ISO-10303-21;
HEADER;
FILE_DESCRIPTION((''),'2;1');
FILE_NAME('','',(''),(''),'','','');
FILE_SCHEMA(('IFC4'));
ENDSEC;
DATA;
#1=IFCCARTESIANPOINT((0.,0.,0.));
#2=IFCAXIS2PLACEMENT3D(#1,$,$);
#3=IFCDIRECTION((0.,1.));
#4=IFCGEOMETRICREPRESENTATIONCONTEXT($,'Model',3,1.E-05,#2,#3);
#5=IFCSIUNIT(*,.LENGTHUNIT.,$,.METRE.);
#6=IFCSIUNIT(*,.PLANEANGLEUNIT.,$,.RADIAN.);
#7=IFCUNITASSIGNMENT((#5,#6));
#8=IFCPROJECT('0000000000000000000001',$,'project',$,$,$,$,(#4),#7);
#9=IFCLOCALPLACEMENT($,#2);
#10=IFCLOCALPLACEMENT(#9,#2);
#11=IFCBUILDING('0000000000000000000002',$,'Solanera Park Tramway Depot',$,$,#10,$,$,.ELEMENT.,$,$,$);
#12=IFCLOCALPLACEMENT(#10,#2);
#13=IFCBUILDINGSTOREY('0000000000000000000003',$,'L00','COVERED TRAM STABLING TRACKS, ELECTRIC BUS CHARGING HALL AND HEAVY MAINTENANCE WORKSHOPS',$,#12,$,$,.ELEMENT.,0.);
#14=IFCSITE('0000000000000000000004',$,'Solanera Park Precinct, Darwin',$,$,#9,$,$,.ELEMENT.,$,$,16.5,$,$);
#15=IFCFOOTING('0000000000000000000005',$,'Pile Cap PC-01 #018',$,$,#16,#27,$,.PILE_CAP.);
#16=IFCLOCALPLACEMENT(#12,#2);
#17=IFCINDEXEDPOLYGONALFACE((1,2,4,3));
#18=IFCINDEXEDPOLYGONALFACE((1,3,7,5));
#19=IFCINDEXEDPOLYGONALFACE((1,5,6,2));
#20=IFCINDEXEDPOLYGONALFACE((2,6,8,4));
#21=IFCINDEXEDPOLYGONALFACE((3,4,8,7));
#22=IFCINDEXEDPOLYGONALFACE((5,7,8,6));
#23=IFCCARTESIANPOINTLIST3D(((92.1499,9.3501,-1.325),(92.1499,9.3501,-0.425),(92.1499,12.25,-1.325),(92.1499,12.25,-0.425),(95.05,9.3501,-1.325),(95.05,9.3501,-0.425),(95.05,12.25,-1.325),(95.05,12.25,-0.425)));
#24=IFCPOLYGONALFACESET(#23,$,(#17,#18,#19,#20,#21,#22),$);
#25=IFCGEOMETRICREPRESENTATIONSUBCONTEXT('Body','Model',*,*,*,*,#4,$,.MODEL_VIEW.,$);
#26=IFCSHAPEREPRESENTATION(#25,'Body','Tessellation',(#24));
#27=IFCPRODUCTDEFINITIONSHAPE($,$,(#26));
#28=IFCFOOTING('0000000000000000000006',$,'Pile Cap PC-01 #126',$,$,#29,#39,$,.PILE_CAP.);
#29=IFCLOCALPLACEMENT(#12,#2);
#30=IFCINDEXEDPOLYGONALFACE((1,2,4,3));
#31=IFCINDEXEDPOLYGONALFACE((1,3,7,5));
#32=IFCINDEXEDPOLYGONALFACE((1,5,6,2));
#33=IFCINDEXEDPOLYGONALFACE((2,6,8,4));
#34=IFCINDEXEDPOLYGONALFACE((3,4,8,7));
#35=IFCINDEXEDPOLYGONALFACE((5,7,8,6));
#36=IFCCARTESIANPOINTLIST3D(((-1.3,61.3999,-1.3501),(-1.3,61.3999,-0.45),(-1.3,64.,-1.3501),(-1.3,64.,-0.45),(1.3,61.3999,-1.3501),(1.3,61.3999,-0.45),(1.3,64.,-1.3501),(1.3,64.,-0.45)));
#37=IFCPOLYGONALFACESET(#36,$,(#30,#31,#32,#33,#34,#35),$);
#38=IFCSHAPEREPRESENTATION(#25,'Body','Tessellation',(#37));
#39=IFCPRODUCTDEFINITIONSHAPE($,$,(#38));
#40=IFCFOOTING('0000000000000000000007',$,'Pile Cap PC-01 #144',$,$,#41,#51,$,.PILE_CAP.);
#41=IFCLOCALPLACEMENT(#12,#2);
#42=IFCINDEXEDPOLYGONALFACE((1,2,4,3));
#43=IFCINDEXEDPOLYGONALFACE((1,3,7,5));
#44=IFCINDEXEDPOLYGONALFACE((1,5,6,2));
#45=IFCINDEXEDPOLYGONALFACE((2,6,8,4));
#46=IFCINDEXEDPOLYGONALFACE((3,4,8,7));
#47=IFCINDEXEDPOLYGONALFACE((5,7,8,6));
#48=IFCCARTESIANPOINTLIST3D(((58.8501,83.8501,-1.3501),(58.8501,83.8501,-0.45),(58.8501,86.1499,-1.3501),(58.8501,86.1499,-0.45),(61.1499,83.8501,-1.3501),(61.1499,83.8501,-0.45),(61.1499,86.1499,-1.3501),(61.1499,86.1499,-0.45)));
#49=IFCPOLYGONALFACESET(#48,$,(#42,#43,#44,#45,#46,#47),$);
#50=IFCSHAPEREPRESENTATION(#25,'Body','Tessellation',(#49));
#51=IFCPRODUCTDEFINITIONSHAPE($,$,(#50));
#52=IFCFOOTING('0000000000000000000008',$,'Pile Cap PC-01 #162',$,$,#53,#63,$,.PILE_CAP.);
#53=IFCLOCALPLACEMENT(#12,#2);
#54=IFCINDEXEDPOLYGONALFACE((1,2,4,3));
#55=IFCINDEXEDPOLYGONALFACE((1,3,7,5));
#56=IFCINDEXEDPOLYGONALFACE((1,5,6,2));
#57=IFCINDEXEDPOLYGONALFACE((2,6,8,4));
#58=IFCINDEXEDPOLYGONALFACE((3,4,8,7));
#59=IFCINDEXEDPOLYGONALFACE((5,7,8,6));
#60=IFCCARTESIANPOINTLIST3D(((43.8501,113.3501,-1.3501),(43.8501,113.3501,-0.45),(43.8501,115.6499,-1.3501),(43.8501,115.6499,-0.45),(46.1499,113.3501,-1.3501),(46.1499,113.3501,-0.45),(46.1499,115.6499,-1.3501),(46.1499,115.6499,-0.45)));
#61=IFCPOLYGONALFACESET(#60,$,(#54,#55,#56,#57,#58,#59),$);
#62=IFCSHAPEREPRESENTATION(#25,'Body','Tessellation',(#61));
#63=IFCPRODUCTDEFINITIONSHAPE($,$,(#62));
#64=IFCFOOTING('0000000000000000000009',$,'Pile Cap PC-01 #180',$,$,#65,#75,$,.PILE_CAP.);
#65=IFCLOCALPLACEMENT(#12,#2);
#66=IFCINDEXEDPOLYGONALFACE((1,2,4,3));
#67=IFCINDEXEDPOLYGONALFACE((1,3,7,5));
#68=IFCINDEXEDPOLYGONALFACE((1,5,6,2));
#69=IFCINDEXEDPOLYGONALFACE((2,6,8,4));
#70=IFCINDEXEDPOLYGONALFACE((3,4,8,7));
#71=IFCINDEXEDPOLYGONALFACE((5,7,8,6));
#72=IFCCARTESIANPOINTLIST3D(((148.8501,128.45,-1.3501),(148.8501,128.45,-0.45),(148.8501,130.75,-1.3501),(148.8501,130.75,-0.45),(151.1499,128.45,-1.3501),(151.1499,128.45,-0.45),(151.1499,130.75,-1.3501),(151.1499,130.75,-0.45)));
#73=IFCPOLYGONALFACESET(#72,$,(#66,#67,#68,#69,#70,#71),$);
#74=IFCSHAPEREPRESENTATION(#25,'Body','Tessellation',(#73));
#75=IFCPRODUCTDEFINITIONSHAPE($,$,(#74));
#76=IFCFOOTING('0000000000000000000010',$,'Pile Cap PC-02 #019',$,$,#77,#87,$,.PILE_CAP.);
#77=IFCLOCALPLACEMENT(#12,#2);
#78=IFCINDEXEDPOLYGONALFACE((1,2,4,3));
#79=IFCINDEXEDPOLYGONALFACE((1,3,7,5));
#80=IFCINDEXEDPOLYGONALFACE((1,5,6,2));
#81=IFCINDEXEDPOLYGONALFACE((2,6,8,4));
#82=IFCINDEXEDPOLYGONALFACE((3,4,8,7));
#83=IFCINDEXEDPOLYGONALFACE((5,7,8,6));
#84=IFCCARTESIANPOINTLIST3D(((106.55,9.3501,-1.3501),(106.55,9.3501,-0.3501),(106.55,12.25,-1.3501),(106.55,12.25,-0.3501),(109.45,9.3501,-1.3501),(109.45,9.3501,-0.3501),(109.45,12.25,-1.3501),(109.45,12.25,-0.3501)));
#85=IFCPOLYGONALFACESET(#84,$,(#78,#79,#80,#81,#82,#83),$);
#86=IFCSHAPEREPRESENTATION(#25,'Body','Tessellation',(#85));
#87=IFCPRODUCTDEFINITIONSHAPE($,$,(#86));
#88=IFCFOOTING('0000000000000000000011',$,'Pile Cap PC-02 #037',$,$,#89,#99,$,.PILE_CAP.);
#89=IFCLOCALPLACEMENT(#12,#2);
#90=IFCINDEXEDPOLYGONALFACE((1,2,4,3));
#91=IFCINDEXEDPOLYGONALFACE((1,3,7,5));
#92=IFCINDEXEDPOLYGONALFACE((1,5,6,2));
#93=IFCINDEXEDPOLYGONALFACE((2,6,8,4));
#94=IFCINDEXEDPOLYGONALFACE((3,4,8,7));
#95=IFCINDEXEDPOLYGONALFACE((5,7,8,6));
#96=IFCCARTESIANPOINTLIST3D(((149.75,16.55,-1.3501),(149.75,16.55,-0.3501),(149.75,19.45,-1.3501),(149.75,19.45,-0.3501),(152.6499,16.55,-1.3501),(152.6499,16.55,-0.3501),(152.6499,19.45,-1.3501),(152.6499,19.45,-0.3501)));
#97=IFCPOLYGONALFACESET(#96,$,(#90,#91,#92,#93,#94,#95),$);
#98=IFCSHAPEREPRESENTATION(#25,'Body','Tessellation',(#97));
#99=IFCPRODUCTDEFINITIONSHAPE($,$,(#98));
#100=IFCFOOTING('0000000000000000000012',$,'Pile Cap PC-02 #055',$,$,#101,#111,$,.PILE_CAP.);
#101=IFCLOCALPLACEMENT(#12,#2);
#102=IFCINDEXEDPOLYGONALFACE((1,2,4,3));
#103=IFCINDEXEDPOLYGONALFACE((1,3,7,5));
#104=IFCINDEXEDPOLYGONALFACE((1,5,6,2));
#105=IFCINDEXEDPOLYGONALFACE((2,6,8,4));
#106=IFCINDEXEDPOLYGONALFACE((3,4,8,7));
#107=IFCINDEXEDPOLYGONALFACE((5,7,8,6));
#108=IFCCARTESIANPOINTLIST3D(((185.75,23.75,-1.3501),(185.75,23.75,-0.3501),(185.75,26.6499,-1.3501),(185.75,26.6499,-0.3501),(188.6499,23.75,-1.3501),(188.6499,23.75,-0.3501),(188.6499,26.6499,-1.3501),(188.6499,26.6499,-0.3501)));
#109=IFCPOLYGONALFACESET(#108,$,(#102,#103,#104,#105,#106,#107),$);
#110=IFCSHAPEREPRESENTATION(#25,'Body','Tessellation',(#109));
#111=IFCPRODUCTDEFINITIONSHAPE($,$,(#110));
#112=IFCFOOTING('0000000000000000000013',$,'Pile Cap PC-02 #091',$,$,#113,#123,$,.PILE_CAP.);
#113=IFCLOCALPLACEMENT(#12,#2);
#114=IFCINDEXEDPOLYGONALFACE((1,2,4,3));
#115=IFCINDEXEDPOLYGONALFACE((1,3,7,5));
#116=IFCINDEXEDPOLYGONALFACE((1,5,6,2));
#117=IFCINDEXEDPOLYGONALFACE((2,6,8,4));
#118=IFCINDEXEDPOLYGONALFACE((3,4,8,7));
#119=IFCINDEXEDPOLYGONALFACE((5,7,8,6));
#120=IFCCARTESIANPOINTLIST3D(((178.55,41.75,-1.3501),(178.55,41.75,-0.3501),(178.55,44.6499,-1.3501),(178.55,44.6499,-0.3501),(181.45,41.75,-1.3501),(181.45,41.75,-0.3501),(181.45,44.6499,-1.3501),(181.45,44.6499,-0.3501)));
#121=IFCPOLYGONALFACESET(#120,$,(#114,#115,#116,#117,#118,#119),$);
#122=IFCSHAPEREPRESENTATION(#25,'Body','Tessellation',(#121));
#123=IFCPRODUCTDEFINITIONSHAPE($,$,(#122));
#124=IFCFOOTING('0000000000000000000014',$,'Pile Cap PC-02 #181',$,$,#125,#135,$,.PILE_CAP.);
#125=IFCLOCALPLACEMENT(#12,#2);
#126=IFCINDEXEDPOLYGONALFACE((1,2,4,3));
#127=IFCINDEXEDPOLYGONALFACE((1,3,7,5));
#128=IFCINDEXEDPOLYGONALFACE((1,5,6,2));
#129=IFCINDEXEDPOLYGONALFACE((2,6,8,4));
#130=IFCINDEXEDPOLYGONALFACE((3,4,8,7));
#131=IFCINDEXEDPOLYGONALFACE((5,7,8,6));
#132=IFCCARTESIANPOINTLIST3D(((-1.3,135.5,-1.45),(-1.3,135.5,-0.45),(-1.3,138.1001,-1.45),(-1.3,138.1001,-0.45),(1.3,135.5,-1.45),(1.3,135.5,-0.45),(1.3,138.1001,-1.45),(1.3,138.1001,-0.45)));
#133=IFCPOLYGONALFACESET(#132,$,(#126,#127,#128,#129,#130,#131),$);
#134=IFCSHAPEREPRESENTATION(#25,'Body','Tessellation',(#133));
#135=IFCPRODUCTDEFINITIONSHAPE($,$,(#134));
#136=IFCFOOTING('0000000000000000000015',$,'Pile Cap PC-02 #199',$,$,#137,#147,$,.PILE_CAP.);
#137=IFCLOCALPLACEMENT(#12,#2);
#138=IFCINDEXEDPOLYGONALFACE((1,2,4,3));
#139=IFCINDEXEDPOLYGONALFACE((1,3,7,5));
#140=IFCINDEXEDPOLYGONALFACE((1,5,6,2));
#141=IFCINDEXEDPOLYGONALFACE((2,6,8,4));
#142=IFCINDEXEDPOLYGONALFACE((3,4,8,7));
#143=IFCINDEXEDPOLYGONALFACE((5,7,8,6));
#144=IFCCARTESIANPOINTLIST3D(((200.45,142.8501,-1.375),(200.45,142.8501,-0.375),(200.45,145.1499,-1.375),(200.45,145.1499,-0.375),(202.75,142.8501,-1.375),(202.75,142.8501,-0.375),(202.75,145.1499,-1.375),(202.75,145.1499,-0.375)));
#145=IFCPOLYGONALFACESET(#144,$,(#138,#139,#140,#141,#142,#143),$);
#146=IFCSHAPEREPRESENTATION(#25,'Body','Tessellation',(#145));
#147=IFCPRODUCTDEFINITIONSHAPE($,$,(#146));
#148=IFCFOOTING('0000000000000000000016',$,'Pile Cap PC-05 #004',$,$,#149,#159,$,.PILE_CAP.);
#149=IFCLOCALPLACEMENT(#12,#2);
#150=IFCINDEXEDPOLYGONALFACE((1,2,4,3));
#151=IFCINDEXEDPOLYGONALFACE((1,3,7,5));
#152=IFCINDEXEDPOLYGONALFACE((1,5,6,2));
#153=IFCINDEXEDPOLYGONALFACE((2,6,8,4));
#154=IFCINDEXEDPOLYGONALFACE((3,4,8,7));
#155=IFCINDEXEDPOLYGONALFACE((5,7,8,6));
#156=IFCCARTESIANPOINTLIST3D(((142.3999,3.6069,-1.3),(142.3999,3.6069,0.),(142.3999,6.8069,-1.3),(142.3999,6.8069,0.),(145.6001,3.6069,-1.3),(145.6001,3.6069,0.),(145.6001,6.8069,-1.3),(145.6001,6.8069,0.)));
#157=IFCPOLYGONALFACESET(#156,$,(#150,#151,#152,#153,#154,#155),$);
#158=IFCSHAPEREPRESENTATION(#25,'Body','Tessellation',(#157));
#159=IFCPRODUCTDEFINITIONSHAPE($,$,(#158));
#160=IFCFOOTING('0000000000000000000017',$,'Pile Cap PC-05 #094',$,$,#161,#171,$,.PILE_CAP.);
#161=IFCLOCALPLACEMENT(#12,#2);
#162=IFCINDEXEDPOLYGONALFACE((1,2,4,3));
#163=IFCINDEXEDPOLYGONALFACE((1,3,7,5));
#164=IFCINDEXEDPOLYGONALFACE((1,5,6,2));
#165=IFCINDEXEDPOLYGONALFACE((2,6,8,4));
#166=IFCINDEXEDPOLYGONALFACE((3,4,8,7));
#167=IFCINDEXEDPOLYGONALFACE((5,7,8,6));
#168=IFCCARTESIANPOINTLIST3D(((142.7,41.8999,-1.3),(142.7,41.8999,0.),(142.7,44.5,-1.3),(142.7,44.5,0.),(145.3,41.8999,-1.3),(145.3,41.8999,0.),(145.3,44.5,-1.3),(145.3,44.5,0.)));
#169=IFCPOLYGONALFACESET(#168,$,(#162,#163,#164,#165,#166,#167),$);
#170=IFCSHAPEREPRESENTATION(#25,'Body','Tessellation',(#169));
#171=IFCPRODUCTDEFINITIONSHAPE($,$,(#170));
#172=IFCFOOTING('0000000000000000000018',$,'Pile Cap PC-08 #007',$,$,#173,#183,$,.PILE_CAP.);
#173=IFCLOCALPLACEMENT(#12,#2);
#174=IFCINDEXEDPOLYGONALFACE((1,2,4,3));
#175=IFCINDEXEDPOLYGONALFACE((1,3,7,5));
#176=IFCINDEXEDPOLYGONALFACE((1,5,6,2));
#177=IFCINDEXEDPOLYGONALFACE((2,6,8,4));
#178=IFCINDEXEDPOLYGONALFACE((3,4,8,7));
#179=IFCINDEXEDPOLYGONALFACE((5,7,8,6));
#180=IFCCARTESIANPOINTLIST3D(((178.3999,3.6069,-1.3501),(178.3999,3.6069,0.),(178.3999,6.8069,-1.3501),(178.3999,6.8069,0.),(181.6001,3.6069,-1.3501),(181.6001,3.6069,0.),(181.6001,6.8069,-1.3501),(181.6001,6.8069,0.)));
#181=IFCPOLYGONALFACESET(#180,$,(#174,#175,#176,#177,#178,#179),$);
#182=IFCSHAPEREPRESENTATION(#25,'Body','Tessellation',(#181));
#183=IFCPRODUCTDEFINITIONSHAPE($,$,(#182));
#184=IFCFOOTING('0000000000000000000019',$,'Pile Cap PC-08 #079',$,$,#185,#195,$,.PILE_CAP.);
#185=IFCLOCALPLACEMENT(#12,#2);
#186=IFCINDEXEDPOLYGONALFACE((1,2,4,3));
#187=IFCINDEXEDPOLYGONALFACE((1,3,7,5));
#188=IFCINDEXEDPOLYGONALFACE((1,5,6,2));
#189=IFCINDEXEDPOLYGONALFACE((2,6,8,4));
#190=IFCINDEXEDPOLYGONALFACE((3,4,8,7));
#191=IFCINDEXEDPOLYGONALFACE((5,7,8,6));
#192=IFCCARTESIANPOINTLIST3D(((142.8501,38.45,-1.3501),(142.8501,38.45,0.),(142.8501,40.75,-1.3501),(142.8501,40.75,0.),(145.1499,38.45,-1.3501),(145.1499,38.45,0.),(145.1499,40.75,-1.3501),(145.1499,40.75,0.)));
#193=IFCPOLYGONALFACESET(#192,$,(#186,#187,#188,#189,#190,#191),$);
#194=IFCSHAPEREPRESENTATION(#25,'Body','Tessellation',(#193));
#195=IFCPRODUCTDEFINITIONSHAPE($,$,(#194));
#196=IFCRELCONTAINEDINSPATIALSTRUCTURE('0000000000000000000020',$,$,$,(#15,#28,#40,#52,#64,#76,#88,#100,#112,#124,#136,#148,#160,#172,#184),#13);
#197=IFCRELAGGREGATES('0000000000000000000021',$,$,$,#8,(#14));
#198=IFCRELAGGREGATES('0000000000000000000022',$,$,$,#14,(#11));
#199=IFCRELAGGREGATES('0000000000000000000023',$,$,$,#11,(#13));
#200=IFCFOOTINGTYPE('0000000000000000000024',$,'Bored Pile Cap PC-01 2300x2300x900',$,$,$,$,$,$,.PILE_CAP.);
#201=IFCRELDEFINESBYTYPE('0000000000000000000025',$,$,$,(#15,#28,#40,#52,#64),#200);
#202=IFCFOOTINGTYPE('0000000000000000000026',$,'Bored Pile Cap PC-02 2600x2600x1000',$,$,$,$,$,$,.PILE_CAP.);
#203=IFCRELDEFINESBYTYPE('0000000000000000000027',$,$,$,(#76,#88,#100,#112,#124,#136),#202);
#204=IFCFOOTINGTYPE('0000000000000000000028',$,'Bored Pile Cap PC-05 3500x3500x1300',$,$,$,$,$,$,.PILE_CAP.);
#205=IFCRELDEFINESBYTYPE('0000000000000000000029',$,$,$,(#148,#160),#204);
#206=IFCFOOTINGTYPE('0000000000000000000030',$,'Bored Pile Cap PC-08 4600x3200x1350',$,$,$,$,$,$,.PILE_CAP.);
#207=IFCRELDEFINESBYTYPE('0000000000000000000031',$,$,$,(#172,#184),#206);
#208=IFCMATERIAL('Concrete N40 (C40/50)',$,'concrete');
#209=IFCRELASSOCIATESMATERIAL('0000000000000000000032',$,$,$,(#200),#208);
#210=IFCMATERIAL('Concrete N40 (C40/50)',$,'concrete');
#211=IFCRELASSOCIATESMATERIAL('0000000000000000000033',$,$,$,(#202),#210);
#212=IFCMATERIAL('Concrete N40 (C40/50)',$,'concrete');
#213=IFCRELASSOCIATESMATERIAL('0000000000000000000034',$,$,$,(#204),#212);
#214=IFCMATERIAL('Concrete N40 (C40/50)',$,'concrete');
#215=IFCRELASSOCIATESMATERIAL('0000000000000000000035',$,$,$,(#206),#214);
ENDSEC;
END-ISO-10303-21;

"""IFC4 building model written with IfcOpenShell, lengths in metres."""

from ifc_helpers import new_model, si_unit, direction, frame, origin, place, context, subcontext, project, spatial, polyline, outline, extrude, material, type_object, element, save


model = new_model("IFC4")

# Units and contexts
model_context = context("Model", 3, precision=1e-05, world=origin(), true_north=direction((0.0, 1.0)))
body_context = subcontext(model_context, "Body", "Model", "MODEL_VIEW")
ifc_project = project(units=[si_unit("LENGTHUNIT", "METRE"), si_unit("PLANEANGLEUNIT", "RADIAN")], contexts=[model_context])

# Site, building, storey
site_placement = place(None, origin())
site = spatial("IfcSite", under=ifc_project, at=site_placement, Name="Solanera Park Precinct, Darwin", CompositionType="ELEMENT", RefElevation=16.5)
building_placement = place(site_placement, origin())
building = spatial("IfcBuilding", under=site, at=building_placement, Name="Solanera Park Tramway Depot", CompositionType="ELEMENT")
storey_placement = place(building_placement, origin())
storey = spatial("IfcBuildingStorey", under=building, at=storey_placement, Name="L00", Description="COVERED TRAM STABLING TRACKS, ELECTRIC BUS CHARGING HALL AND HEAVY MAINTENANCE WORKSHOPS", CompositionType="ELEMENT", Elevation=0.0)

# Footings
ifc_material_1 = material(Name="Concrete N40 (C40/50)", Category="concrete")
footing_type_1 = type_object("IfcFootingType", Name="Bored Pile Cap PC-01 2300x2300x900", PredefinedType="PILE_CAP", material=ifc_material_1)
footing_1_placement = place(storey_placement, frame((0.0, 0.0, -1.325)))
element("IfcFooting", 1, at=footing_1_placement, inside=storey, type_object=footing_type_1, Name="Pile Cap PC-01 #018", PredefinedType="PILE_CAP", context=body_context, shape_type="SweptSolid", body=[
    extrude(outline(polyline([(95.05, 9.3501), (95.05, 12.25), (92.1499, 12.25), (92.1499, 9.3501), (95.05, 9.3501)])), origin(), (0.0, 0.0, 1.0), 0.8999),
])
footing_2_placement = place(storey_placement, frame((0.0, 0.0, -1.3501)))
element("IfcFooting", 2, at=footing_2_placement, inside=storey, type_object=footing_type_1, Name="Pile Cap PC-01 #126", PredefinedType="PILE_CAP", context=body_context, shape_type="SweptSolid", body=[
    extrude(outline(polyline([(1.3, 61.3999), (1.3, 64.0), (-1.3, 64.0), (-1.3, 61.3999), (1.3, 61.3999)])), origin(), (0.0, 0.0, 1.0), 0.9001),
])
footing_3_placement = place(storey_placement, frame((0.0, 0.0, -1.3501)))
element("IfcFooting", 3, at=footing_3_placement, inside=storey, type_object=footing_type_1, Name="Pile Cap PC-01 #144", PredefinedType="PILE_CAP", context=body_context, shape_type="SweptSolid", body=[
    extrude(outline(polyline([(61.1499, 83.8501), (61.1499, 86.1499), (58.8501, 86.1499), (58.8501, 83.8501), (61.1499, 83.8501)])), origin(), (0.0, 0.0, 1.0), 0.9001),
])
footing_4_placement = place(storey_placement, frame((0.0, 0.0, -1.3501)))
element("IfcFooting", 4, at=footing_4_placement, inside=storey, type_object=footing_type_1, Name="Pile Cap PC-01 #162", PredefinedType="PILE_CAP", context=body_context, shape_type="SweptSolid", body=[
    extrude(outline(polyline([(46.1499, 113.3501), (46.1499, 115.6499), (43.8501, 115.6499), (43.8501, 113.3501), (46.1499, 113.3501)])), origin(), (0.0, 0.0, 1.0), 0.9001),
])
footing_5_placement = place(storey_placement, frame((0.0, 0.0, -1.3501)))
element("IfcFooting", 5, at=footing_5_placement, inside=storey, type_object=footing_type_1, Name="Pile Cap PC-01 #180", PredefinedType="PILE_CAP", context=body_context, shape_type="SweptSolid", body=[
    extrude(outline(polyline([(151.1499, 128.45), (151.1499, 130.75), (148.8501, 130.75), (148.8501, 128.45), (151.1499, 128.45)])), origin(), (0.0, 0.0, 1.0), 0.9001),
])
ifc_material_2 = material(Name="Concrete N40 (C40/50)", Category="concrete")
footing_type_2 = type_object("IfcFootingType", Name="Bored Pile Cap PC-02 2600x2600x1000", PredefinedType="PILE_CAP", material=ifc_material_2)
footing_6_placement = place(storey_placement, frame((0.0, 0.0, -1.3501)))
element("IfcFooting", 6, at=footing_6_placement, inside=storey, type_object=footing_type_2, Name="Pile Cap PC-02 #019", PredefinedType="PILE_CAP", context=body_context, shape_type="SweptSolid", body=[
    extrude(outline(polyline([(109.45, 9.3501), (109.45, 12.25), (106.55, 12.25), (106.55, 9.3501), (109.45, 9.3501)])), origin(), (0.0, 0.0, 1.0), 1.0),
])
footing_7_placement = place(storey_placement, frame((0.0, 0.0, -1.3501)))
element("IfcFooting", 7, at=footing_7_placement, inside=storey, type_object=footing_type_2, Name="Pile Cap PC-02 #037", PredefinedType="PILE_CAP", context=body_context, shape_type="SweptSolid", body=[
    extrude(outline(polyline([(152.6499, 16.55), (152.6499, 19.45), (149.75, 19.45), (149.75, 16.55), (152.6499, 16.55)])), origin(), (0.0, 0.0, 1.0), 1.0),
])
footing_8_placement = place(storey_placement, frame((0.0, 0.0, -1.3501)))
element("IfcFooting", 8, at=footing_8_placement, inside=storey, type_object=footing_type_2, Name="Pile Cap PC-02 #055", PredefinedType="PILE_CAP", context=body_context, shape_type="SweptSolid", body=[
    extrude(outline(polyline([(188.6499, 23.75), (188.6499, 26.6499), (185.75, 26.6499), (185.75, 23.75), (188.6499, 23.75)])), origin(), (0.0, 0.0, 1.0), 1.0),
])
footing_9_placement = place(storey_placement, frame((0.0, 0.0, -1.3501)))
element("IfcFooting", 9, at=footing_9_placement, inside=storey, type_object=footing_type_2, Name="Pile Cap PC-02 #091", PredefinedType="PILE_CAP", context=body_context, shape_type="SweptSolid", body=[
    extrude(outline(polyline([(181.45, 41.75), (181.45, 44.6499), (178.55, 44.6499), (178.55, 41.75), (181.45, 41.75)])), origin(), (0.0, 0.0, 1.0), 1.0),
])
footing_10_placement = place(storey_placement, frame((0.0, 0.0, -1.45)))
element("IfcFooting", 10, at=footing_10_placement, inside=storey, type_object=footing_type_2, Name="Pile Cap PC-02 #181", PredefinedType="PILE_CAP", context=body_context, shape_type="SweptSolid", body=[
    extrude(outline(polyline([(1.3, 135.5), (1.3, 138.1001), (-1.3, 138.1001), (-1.3, 135.5), (1.3, 135.5)])), origin(), (0.0, 0.0, 1.0), 1.0),
])
footing_11_placement = place(storey_placement, frame((0.0, 0.0, -1.375)))
element("IfcFooting", 11, at=footing_11_placement, inside=storey, type_object=footing_type_2, Name="Pile Cap PC-02 #199", PredefinedType="PILE_CAP", context=body_context, shape_type="SweptSolid", body=[
    extrude(outline(polyline([(202.75, 142.8501), (202.75, 145.1499), (200.45, 145.1499), (200.45, 142.8501), (202.75, 142.8501)])), origin(), (0.0, 0.0, 1.0), 1.0),
])
ifc_material_3 = material(Name="Concrete N40 (C40/50)", Category="concrete")
footing_type_3 = type_object("IfcFootingType", Name="Bored Pile Cap PC-05 3500x3500x1300", PredefinedType="PILE_CAP", material=ifc_material_3)
footing_12_placement = place(storey_placement, frame((0.0, 0.0, -1.3)))
element("IfcFooting", 12, at=footing_12_placement, inside=storey, type_object=footing_type_3, Name="Pile Cap PC-05 #004", PredefinedType="PILE_CAP", context=body_context, shape_type="SweptSolid", body=[
    extrude(outline(polyline([(145.6001, 3.6069), (145.6001, 6.8069), (142.3999, 6.8069), (142.3999, 3.6069), (145.6001, 3.6069)])), origin(), (0.0, 0.0, 1.0), 1.3),
])
footing_13_placement = place(storey_placement, frame((0.0, 0.0, -1.3)))
element("IfcFooting", 13, at=footing_13_placement, inside=storey, type_object=footing_type_3, Name="Pile Cap PC-05 #094", PredefinedType="PILE_CAP", context=body_context, shape_type="SweptSolid", body=[
    extrude(outline(polyline([(145.3, 41.8999), (145.3, 44.5), (142.7, 44.5), (142.7, 41.8999), (145.3, 41.8999)])), origin(), (0.0, 0.0, 1.0), 1.3),
])
ifc_material_4 = material(Name="Concrete N40 (C40/50)", Category="concrete")
footing_type_4 = type_object("IfcFootingType", Name="Bored Pile Cap PC-08 4600x3200x1350", PredefinedType="PILE_CAP", material=ifc_material_4)
footing_14_placement = place(storey_placement, frame((0.0, 0.0, -1.3501)))
element("IfcFooting", 14, at=footing_14_placement, inside=storey, type_object=footing_type_4, Name="Pile Cap PC-08 #007", PredefinedType="PILE_CAP", context=body_context, shape_type="SweptSolid", body=[
    extrude(outline(polyline([(181.6001, 3.6069), (181.6001, 6.8069), (178.3999, 6.8069), (178.3999, 3.6069), (181.6001, 3.6069)])), origin(), (0.0, 0.0, 1.0), 1.3501),
])
footing_15_placement = place(storey_placement, frame((0.0, 0.0, -1.3501)))
element("IfcFooting", 15, at=footing_15_placement, inside=storey, type_object=footing_type_4, Name="Pile Cap PC-08 #079", PredefinedType="PILE_CAP", context=body_context, shape_type="SweptSolid", body=[
    extrude(outline(polyline([(145.1499, 38.45), (145.1499, 40.75), (142.8501, 40.75), (142.8501, 38.45), (145.1499, 38.45)])), origin(), (0.0, 0.0, 1.0), 1.3501),
])

save(model, "model.ifc")
